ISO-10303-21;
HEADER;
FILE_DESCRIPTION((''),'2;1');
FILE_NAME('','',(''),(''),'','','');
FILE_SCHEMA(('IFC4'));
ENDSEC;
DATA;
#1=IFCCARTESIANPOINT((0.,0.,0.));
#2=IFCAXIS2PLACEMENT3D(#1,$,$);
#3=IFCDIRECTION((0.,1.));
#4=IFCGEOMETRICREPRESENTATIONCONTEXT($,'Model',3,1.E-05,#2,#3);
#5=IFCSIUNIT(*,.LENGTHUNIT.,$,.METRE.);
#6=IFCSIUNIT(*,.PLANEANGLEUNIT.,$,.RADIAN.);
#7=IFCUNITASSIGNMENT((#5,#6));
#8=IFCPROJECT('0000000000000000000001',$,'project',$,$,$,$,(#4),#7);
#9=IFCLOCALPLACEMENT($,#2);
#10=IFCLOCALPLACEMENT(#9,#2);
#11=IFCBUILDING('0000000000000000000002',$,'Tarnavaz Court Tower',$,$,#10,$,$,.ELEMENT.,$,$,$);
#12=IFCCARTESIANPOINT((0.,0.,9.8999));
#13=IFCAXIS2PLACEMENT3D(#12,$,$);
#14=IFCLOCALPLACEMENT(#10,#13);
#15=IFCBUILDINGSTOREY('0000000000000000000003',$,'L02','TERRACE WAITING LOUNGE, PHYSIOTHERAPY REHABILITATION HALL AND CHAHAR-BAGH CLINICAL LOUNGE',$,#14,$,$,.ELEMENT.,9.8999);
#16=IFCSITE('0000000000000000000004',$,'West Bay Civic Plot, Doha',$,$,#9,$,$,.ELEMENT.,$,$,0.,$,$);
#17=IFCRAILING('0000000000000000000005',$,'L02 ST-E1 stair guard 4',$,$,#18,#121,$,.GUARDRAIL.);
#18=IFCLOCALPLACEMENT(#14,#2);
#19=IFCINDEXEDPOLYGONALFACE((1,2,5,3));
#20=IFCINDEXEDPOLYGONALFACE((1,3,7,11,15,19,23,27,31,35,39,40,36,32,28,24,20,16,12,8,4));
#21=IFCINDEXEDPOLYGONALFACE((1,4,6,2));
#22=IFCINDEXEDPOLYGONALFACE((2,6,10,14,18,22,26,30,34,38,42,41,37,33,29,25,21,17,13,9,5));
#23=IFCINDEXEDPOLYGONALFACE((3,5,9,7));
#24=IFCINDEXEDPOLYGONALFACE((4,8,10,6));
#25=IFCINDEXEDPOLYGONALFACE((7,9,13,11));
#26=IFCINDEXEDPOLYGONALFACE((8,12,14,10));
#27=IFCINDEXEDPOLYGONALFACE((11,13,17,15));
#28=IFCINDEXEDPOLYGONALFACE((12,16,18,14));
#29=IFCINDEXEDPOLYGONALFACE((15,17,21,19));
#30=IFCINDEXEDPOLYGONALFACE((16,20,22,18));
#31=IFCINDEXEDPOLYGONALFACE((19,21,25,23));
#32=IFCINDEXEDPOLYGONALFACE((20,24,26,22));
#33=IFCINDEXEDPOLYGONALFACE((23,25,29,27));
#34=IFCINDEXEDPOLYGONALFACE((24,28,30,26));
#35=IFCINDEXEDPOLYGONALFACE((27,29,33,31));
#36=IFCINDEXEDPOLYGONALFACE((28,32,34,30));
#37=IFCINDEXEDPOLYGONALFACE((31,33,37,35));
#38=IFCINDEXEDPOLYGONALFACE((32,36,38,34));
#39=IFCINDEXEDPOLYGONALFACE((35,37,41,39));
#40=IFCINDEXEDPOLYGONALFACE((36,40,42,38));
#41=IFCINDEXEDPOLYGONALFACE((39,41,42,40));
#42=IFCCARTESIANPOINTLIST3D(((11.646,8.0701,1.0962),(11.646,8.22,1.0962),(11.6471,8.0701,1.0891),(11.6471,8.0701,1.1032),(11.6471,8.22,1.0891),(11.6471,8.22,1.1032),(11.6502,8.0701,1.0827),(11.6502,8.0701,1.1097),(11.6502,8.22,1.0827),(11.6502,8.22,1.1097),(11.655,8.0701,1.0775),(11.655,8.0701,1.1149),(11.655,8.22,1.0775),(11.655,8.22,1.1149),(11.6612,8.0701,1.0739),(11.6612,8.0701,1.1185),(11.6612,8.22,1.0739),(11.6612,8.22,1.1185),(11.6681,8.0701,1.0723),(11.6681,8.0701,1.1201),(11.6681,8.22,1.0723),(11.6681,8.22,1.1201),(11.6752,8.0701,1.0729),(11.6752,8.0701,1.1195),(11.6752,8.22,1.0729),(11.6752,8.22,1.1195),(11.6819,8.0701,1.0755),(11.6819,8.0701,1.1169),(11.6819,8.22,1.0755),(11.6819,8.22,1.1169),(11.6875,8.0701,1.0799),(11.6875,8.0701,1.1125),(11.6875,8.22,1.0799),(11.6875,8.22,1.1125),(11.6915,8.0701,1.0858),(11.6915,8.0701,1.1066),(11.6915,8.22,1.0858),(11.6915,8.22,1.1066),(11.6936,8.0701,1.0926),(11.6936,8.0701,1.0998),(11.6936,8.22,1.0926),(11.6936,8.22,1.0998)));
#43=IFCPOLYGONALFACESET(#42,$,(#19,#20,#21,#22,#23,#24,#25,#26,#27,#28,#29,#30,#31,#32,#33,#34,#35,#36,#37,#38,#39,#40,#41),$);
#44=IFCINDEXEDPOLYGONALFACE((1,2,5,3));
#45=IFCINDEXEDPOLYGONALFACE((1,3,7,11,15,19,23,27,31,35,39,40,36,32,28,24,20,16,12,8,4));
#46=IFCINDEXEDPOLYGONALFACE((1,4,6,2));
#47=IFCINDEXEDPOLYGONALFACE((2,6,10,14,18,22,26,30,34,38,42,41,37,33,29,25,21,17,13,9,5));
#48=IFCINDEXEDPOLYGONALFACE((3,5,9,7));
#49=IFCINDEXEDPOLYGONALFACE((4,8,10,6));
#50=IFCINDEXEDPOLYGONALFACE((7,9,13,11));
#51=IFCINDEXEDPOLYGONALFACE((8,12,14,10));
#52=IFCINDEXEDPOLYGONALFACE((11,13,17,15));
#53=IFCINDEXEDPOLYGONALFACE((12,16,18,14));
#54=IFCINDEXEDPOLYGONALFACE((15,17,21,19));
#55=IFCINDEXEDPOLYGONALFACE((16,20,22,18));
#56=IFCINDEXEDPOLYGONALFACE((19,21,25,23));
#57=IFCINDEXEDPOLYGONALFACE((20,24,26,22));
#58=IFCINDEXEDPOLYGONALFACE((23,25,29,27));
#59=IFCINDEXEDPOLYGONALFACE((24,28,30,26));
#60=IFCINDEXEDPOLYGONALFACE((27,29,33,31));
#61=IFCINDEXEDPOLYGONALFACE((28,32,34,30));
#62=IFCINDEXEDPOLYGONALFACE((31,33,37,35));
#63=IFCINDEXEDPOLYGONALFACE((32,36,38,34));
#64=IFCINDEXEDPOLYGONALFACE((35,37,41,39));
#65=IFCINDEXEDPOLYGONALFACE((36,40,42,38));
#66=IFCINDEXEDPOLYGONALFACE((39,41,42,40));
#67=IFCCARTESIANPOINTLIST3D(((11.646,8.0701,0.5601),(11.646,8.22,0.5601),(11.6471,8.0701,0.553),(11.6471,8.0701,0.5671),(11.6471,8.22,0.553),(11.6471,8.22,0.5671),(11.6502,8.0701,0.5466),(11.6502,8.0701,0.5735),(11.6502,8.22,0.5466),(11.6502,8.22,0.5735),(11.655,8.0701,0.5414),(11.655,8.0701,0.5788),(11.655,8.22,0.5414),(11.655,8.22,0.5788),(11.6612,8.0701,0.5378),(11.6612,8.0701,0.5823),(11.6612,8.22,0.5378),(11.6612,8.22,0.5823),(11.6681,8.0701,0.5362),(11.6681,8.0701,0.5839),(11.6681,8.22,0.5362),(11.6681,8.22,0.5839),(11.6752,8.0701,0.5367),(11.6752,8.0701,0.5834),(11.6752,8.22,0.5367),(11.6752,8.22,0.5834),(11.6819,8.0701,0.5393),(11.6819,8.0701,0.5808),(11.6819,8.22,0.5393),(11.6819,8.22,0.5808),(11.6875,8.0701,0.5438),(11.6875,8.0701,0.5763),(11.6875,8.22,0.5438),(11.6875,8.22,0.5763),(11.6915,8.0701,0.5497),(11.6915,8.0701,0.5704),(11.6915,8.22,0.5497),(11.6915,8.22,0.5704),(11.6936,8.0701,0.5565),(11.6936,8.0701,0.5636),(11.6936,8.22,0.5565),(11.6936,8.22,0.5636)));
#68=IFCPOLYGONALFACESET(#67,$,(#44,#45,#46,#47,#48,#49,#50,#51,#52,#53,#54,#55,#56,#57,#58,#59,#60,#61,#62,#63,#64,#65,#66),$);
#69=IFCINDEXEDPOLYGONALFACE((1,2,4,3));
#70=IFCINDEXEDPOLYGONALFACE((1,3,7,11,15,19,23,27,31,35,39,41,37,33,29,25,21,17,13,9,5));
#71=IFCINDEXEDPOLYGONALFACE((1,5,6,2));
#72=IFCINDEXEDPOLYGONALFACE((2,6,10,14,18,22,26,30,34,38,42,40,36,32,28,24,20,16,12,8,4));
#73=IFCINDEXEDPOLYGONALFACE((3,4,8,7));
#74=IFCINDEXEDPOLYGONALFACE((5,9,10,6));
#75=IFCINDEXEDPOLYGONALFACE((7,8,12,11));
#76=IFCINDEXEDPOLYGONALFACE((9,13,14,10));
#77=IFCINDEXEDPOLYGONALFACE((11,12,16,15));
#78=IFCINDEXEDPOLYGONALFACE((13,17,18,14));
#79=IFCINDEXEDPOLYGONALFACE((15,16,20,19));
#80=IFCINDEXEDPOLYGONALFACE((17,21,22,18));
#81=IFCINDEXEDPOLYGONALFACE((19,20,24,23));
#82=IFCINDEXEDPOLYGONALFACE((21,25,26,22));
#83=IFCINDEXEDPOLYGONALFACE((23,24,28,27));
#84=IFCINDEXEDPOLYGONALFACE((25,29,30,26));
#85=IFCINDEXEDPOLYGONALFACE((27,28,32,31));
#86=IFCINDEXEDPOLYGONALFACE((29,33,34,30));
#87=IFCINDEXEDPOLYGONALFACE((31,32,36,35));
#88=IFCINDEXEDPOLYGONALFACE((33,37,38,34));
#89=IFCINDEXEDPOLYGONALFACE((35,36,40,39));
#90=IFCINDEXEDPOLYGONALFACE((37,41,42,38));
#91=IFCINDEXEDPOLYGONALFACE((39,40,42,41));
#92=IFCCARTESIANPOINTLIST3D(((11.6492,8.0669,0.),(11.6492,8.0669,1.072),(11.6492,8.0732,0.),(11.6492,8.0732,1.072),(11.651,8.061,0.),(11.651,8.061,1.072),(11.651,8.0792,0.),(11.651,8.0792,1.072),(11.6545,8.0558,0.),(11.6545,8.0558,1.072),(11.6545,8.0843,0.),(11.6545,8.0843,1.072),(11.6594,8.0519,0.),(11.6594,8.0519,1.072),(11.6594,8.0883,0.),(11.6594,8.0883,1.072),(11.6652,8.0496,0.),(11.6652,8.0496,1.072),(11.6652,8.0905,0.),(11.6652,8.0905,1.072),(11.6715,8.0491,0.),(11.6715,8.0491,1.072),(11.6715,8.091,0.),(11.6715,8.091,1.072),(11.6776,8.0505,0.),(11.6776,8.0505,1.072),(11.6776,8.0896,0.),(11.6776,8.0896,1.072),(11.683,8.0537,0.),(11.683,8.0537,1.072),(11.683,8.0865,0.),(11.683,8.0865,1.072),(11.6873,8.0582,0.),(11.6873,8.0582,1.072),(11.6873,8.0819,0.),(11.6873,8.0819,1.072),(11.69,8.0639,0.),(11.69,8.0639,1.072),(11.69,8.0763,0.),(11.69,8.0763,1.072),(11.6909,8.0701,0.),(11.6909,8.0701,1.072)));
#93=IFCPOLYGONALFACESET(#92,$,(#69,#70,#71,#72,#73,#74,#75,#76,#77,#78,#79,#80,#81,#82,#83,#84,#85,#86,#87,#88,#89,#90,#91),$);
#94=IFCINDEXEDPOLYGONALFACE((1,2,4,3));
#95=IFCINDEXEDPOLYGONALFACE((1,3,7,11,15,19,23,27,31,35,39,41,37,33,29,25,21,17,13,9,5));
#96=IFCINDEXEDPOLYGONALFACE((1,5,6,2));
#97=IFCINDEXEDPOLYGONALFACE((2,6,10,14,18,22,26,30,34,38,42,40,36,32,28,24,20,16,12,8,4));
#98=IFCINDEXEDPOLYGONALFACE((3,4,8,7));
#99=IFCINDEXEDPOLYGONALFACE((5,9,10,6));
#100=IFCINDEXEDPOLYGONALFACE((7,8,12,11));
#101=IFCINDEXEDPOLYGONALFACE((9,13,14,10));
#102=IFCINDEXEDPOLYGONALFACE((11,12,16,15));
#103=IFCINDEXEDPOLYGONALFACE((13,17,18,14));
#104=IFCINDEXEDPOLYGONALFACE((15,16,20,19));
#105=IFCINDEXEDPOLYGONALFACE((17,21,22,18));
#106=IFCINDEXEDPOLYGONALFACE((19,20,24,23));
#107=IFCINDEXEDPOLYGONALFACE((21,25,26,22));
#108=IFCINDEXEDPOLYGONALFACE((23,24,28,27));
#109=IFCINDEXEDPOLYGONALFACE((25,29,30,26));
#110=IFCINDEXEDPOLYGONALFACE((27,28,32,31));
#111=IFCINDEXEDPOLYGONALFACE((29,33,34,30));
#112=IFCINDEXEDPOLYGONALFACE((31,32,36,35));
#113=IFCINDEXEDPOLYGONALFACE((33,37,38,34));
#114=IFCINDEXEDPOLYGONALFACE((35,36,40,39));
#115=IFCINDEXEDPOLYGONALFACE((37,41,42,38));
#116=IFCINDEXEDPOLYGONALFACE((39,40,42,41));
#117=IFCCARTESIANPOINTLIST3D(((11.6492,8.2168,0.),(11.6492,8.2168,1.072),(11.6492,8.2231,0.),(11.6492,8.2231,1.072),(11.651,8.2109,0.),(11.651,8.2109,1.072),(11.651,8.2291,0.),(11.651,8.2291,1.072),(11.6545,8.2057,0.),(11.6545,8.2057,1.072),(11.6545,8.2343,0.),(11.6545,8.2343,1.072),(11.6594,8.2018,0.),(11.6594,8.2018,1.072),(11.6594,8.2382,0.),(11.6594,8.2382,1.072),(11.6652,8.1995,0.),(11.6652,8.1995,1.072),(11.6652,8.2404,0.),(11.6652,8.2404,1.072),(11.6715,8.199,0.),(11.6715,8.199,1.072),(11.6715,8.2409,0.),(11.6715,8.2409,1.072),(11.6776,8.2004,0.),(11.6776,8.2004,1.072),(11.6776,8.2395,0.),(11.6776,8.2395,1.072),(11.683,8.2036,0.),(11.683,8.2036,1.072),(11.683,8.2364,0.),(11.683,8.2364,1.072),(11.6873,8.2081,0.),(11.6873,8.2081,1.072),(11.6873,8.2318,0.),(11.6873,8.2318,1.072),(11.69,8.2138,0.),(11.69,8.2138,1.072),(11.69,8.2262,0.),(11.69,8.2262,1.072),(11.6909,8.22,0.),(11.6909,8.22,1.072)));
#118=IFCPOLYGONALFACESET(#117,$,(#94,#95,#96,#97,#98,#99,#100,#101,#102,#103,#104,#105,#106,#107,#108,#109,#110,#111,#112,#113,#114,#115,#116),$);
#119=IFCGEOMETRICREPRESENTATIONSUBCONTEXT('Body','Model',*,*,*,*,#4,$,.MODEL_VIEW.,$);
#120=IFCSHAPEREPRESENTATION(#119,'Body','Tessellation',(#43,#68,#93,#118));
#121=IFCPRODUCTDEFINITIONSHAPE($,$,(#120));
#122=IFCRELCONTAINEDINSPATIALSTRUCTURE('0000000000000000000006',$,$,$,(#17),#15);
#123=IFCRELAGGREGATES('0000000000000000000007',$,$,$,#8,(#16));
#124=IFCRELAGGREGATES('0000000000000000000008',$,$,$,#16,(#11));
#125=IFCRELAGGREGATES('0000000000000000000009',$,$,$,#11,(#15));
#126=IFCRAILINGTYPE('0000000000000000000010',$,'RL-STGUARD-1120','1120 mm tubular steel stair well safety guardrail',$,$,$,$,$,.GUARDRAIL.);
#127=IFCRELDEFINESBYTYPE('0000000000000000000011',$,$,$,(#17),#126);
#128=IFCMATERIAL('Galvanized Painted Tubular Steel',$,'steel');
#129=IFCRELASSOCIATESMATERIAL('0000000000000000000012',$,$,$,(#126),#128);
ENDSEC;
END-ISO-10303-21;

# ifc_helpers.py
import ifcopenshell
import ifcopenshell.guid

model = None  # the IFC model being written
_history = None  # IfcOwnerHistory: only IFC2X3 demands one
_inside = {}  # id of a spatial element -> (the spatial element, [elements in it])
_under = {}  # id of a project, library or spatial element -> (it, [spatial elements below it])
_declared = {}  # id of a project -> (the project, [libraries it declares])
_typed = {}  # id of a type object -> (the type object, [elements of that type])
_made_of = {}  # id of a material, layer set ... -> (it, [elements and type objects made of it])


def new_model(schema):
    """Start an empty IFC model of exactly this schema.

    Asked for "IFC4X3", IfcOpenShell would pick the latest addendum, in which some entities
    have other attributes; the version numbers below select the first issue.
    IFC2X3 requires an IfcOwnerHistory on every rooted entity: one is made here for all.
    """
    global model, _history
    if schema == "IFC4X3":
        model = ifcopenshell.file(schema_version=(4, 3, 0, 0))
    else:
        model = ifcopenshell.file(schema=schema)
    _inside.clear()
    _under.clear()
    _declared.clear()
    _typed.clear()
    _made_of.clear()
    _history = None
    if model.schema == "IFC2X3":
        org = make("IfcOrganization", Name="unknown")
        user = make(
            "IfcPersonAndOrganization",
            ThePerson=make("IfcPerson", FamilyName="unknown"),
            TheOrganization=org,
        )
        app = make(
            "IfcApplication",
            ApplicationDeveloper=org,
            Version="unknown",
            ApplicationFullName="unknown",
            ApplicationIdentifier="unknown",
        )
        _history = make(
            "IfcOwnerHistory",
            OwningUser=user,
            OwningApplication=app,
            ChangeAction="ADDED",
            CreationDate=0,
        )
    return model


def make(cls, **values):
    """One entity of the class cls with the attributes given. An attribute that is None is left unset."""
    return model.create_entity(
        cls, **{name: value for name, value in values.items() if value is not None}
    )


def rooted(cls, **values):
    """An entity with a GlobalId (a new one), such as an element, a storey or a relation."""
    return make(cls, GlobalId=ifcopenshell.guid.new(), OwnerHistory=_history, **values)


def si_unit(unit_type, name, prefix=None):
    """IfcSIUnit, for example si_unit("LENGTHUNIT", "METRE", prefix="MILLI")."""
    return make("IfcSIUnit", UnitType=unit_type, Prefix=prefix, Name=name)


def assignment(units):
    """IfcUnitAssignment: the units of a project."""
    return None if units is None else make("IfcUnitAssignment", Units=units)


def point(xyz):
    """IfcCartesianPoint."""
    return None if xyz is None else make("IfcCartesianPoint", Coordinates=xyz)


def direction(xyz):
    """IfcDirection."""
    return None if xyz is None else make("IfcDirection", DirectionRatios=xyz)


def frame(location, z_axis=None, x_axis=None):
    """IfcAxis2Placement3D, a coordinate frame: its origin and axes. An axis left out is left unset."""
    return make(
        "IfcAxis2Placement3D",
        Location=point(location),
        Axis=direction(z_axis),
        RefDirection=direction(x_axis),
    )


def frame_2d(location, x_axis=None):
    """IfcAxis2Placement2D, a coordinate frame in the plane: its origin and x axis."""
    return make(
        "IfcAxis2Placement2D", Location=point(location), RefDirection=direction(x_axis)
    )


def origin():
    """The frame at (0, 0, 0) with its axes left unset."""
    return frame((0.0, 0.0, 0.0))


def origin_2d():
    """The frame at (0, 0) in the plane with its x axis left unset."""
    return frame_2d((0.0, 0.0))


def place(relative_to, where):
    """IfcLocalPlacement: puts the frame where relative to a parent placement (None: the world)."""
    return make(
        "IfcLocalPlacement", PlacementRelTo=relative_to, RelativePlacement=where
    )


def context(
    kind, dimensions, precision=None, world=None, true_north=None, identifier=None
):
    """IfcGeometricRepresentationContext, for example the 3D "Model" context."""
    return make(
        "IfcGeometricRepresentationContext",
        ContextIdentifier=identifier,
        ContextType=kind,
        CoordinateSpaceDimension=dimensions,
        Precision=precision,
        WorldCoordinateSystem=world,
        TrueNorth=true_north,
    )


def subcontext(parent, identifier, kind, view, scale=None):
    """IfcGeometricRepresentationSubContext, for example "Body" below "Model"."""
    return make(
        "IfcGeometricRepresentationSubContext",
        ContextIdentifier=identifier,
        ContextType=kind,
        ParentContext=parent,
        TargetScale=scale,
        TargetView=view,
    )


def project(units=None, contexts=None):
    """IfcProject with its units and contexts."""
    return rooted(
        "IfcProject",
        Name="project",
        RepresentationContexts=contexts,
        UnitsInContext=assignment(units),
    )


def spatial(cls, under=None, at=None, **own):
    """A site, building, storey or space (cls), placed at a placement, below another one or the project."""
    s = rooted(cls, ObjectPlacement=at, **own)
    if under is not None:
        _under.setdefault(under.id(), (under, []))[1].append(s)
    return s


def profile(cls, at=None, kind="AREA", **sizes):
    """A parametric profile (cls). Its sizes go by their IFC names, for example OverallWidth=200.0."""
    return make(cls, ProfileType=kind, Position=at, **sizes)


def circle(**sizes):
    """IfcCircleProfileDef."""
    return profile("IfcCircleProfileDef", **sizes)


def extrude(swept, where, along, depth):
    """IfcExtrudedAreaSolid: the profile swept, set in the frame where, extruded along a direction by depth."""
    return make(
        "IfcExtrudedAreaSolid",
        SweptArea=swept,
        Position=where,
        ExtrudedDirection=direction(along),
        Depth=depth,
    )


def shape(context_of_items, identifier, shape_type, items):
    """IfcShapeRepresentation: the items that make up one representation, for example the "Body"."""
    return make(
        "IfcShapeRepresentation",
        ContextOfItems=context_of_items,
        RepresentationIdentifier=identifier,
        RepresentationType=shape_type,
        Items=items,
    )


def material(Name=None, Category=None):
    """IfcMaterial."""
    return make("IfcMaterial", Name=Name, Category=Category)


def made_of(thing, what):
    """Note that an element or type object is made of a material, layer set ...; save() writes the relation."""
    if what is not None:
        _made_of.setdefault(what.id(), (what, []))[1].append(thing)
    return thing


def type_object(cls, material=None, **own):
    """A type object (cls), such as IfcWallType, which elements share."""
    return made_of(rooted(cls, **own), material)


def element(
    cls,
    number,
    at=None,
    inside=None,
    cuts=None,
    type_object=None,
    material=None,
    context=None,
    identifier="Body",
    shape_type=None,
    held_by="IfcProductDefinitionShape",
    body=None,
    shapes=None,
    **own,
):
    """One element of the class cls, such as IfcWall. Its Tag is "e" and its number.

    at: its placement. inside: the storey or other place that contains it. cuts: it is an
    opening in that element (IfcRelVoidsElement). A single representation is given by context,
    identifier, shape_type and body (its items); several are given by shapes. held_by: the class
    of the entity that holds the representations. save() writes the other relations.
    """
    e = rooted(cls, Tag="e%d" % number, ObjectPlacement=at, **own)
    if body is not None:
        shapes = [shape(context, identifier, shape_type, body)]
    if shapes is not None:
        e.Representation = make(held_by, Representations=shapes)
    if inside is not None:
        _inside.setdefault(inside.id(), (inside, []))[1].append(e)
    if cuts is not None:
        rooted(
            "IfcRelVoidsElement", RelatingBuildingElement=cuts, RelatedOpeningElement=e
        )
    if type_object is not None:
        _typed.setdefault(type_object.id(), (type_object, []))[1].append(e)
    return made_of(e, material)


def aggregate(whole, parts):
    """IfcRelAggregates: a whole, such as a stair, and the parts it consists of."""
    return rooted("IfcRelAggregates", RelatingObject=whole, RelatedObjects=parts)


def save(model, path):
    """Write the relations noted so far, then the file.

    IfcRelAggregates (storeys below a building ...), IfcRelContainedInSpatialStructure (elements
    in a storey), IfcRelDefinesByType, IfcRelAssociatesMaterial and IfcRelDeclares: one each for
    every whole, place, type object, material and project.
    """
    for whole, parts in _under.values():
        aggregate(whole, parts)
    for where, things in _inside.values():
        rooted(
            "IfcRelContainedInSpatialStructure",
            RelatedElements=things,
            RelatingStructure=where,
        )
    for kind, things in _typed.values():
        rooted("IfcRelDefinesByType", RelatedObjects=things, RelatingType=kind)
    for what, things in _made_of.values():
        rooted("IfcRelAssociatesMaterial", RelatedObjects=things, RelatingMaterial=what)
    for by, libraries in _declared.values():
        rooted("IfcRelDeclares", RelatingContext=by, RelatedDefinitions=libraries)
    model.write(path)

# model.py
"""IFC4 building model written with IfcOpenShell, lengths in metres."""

from ifc_helpers import new_model, si_unit, direction, frame, origin, origin_2d, place, context, subcontext, project, spatial, circle, extrude, material, type_object, element, save


model = new_model("IFC4")

# Units and contexts
model_context = context("Model", 3, precision=1e-05, world=origin(), true_north=direction((0.0, 1.0)))
body_context = subcontext(model_context, "Body", "Model", "MODEL_VIEW")
ifc_project = project(units=[si_unit("LENGTHUNIT", "METRE"), si_unit("PLANEANGLEUNIT", "RADIAN")], contexts=[model_context])

# Site, building, storey
site_placement = place(None, origin())
site = spatial("IfcSite", under=ifc_project, at=site_placement, Name="West Bay Civic Plot, Doha", CompositionType="ELEMENT", RefElevation=0.0)
building_placement = place(site_placement, origin())
building = spatial("IfcBuilding", under=site, at=building_placement, Name="Tarnavaz Court Tower", CompositionType="ELEMENT")
storey_placement = place(building_placement, frame((0.0, 0.0, 9.8999)))
storey = spatial("IfcBuildingStorey", under=building, at=storey_placement, Name="L02", Description="TERRACE WAITING LOUNGE, PHYSIOTHERAPY REHABILITATION HALL AND CHAHAR-BAGH CLINICAL LOUNGE", CompositionType="ELEMENT", Elevation=9.8999)

# Railing
ifc_material_1 = material(Name="Galvanized Painted Tubular Steel", Category="steel")
railing_type_1 = type_object("IfcRailingType", Name="RL-STGUARD-1120", Description="1120 mm tubular steel stair well safety guardrail", PredefinedType="GUARDRAIL", material=ifc_material_1)
railing_1_placement = place(storey_placement, frame((11.6699, 8.0701, 0.0)))
element("IfcRailing", 1, at=railing_1_placement, inside=storey, type_object=railing_type_1, Name="L02 ST-E1 stair guard 4", PredefinedType="GUARDRAIL", context=body_context, shape_type="SweptSolid", body=[
    extrude(circle(Radius=0.0239, at=origin_2d()), frame((0.0, 0.0, 1.0962), z_axis=(0.0, 1.0, 0.0), x_axis=(-1.0, 0.0, 0.0)), (0.0, 0.0, 1.0), 0.1499),
    extrude(circle(Radius=0.0239, at=origin_2d()), frame((0.0, 0.0, 0.5601), z_axis=(0.0, 1.0, 0.0), x_axis=(-1.0, 0.0, 0.0)), (0.0, 0.0, 1.0), 0.1499),
    extrude(circle(Radius=0.021, at=origin_2d()), origin(), (0.0, 0.0, 1.0), 1.072),
    extrude(circle(Radius=0.021, at=origin_2d()), frame((0.0, 0.1499, 0.0)), (0.0, 0.0, 1.0), 1.072),
])

save(model, "model.ifc")
